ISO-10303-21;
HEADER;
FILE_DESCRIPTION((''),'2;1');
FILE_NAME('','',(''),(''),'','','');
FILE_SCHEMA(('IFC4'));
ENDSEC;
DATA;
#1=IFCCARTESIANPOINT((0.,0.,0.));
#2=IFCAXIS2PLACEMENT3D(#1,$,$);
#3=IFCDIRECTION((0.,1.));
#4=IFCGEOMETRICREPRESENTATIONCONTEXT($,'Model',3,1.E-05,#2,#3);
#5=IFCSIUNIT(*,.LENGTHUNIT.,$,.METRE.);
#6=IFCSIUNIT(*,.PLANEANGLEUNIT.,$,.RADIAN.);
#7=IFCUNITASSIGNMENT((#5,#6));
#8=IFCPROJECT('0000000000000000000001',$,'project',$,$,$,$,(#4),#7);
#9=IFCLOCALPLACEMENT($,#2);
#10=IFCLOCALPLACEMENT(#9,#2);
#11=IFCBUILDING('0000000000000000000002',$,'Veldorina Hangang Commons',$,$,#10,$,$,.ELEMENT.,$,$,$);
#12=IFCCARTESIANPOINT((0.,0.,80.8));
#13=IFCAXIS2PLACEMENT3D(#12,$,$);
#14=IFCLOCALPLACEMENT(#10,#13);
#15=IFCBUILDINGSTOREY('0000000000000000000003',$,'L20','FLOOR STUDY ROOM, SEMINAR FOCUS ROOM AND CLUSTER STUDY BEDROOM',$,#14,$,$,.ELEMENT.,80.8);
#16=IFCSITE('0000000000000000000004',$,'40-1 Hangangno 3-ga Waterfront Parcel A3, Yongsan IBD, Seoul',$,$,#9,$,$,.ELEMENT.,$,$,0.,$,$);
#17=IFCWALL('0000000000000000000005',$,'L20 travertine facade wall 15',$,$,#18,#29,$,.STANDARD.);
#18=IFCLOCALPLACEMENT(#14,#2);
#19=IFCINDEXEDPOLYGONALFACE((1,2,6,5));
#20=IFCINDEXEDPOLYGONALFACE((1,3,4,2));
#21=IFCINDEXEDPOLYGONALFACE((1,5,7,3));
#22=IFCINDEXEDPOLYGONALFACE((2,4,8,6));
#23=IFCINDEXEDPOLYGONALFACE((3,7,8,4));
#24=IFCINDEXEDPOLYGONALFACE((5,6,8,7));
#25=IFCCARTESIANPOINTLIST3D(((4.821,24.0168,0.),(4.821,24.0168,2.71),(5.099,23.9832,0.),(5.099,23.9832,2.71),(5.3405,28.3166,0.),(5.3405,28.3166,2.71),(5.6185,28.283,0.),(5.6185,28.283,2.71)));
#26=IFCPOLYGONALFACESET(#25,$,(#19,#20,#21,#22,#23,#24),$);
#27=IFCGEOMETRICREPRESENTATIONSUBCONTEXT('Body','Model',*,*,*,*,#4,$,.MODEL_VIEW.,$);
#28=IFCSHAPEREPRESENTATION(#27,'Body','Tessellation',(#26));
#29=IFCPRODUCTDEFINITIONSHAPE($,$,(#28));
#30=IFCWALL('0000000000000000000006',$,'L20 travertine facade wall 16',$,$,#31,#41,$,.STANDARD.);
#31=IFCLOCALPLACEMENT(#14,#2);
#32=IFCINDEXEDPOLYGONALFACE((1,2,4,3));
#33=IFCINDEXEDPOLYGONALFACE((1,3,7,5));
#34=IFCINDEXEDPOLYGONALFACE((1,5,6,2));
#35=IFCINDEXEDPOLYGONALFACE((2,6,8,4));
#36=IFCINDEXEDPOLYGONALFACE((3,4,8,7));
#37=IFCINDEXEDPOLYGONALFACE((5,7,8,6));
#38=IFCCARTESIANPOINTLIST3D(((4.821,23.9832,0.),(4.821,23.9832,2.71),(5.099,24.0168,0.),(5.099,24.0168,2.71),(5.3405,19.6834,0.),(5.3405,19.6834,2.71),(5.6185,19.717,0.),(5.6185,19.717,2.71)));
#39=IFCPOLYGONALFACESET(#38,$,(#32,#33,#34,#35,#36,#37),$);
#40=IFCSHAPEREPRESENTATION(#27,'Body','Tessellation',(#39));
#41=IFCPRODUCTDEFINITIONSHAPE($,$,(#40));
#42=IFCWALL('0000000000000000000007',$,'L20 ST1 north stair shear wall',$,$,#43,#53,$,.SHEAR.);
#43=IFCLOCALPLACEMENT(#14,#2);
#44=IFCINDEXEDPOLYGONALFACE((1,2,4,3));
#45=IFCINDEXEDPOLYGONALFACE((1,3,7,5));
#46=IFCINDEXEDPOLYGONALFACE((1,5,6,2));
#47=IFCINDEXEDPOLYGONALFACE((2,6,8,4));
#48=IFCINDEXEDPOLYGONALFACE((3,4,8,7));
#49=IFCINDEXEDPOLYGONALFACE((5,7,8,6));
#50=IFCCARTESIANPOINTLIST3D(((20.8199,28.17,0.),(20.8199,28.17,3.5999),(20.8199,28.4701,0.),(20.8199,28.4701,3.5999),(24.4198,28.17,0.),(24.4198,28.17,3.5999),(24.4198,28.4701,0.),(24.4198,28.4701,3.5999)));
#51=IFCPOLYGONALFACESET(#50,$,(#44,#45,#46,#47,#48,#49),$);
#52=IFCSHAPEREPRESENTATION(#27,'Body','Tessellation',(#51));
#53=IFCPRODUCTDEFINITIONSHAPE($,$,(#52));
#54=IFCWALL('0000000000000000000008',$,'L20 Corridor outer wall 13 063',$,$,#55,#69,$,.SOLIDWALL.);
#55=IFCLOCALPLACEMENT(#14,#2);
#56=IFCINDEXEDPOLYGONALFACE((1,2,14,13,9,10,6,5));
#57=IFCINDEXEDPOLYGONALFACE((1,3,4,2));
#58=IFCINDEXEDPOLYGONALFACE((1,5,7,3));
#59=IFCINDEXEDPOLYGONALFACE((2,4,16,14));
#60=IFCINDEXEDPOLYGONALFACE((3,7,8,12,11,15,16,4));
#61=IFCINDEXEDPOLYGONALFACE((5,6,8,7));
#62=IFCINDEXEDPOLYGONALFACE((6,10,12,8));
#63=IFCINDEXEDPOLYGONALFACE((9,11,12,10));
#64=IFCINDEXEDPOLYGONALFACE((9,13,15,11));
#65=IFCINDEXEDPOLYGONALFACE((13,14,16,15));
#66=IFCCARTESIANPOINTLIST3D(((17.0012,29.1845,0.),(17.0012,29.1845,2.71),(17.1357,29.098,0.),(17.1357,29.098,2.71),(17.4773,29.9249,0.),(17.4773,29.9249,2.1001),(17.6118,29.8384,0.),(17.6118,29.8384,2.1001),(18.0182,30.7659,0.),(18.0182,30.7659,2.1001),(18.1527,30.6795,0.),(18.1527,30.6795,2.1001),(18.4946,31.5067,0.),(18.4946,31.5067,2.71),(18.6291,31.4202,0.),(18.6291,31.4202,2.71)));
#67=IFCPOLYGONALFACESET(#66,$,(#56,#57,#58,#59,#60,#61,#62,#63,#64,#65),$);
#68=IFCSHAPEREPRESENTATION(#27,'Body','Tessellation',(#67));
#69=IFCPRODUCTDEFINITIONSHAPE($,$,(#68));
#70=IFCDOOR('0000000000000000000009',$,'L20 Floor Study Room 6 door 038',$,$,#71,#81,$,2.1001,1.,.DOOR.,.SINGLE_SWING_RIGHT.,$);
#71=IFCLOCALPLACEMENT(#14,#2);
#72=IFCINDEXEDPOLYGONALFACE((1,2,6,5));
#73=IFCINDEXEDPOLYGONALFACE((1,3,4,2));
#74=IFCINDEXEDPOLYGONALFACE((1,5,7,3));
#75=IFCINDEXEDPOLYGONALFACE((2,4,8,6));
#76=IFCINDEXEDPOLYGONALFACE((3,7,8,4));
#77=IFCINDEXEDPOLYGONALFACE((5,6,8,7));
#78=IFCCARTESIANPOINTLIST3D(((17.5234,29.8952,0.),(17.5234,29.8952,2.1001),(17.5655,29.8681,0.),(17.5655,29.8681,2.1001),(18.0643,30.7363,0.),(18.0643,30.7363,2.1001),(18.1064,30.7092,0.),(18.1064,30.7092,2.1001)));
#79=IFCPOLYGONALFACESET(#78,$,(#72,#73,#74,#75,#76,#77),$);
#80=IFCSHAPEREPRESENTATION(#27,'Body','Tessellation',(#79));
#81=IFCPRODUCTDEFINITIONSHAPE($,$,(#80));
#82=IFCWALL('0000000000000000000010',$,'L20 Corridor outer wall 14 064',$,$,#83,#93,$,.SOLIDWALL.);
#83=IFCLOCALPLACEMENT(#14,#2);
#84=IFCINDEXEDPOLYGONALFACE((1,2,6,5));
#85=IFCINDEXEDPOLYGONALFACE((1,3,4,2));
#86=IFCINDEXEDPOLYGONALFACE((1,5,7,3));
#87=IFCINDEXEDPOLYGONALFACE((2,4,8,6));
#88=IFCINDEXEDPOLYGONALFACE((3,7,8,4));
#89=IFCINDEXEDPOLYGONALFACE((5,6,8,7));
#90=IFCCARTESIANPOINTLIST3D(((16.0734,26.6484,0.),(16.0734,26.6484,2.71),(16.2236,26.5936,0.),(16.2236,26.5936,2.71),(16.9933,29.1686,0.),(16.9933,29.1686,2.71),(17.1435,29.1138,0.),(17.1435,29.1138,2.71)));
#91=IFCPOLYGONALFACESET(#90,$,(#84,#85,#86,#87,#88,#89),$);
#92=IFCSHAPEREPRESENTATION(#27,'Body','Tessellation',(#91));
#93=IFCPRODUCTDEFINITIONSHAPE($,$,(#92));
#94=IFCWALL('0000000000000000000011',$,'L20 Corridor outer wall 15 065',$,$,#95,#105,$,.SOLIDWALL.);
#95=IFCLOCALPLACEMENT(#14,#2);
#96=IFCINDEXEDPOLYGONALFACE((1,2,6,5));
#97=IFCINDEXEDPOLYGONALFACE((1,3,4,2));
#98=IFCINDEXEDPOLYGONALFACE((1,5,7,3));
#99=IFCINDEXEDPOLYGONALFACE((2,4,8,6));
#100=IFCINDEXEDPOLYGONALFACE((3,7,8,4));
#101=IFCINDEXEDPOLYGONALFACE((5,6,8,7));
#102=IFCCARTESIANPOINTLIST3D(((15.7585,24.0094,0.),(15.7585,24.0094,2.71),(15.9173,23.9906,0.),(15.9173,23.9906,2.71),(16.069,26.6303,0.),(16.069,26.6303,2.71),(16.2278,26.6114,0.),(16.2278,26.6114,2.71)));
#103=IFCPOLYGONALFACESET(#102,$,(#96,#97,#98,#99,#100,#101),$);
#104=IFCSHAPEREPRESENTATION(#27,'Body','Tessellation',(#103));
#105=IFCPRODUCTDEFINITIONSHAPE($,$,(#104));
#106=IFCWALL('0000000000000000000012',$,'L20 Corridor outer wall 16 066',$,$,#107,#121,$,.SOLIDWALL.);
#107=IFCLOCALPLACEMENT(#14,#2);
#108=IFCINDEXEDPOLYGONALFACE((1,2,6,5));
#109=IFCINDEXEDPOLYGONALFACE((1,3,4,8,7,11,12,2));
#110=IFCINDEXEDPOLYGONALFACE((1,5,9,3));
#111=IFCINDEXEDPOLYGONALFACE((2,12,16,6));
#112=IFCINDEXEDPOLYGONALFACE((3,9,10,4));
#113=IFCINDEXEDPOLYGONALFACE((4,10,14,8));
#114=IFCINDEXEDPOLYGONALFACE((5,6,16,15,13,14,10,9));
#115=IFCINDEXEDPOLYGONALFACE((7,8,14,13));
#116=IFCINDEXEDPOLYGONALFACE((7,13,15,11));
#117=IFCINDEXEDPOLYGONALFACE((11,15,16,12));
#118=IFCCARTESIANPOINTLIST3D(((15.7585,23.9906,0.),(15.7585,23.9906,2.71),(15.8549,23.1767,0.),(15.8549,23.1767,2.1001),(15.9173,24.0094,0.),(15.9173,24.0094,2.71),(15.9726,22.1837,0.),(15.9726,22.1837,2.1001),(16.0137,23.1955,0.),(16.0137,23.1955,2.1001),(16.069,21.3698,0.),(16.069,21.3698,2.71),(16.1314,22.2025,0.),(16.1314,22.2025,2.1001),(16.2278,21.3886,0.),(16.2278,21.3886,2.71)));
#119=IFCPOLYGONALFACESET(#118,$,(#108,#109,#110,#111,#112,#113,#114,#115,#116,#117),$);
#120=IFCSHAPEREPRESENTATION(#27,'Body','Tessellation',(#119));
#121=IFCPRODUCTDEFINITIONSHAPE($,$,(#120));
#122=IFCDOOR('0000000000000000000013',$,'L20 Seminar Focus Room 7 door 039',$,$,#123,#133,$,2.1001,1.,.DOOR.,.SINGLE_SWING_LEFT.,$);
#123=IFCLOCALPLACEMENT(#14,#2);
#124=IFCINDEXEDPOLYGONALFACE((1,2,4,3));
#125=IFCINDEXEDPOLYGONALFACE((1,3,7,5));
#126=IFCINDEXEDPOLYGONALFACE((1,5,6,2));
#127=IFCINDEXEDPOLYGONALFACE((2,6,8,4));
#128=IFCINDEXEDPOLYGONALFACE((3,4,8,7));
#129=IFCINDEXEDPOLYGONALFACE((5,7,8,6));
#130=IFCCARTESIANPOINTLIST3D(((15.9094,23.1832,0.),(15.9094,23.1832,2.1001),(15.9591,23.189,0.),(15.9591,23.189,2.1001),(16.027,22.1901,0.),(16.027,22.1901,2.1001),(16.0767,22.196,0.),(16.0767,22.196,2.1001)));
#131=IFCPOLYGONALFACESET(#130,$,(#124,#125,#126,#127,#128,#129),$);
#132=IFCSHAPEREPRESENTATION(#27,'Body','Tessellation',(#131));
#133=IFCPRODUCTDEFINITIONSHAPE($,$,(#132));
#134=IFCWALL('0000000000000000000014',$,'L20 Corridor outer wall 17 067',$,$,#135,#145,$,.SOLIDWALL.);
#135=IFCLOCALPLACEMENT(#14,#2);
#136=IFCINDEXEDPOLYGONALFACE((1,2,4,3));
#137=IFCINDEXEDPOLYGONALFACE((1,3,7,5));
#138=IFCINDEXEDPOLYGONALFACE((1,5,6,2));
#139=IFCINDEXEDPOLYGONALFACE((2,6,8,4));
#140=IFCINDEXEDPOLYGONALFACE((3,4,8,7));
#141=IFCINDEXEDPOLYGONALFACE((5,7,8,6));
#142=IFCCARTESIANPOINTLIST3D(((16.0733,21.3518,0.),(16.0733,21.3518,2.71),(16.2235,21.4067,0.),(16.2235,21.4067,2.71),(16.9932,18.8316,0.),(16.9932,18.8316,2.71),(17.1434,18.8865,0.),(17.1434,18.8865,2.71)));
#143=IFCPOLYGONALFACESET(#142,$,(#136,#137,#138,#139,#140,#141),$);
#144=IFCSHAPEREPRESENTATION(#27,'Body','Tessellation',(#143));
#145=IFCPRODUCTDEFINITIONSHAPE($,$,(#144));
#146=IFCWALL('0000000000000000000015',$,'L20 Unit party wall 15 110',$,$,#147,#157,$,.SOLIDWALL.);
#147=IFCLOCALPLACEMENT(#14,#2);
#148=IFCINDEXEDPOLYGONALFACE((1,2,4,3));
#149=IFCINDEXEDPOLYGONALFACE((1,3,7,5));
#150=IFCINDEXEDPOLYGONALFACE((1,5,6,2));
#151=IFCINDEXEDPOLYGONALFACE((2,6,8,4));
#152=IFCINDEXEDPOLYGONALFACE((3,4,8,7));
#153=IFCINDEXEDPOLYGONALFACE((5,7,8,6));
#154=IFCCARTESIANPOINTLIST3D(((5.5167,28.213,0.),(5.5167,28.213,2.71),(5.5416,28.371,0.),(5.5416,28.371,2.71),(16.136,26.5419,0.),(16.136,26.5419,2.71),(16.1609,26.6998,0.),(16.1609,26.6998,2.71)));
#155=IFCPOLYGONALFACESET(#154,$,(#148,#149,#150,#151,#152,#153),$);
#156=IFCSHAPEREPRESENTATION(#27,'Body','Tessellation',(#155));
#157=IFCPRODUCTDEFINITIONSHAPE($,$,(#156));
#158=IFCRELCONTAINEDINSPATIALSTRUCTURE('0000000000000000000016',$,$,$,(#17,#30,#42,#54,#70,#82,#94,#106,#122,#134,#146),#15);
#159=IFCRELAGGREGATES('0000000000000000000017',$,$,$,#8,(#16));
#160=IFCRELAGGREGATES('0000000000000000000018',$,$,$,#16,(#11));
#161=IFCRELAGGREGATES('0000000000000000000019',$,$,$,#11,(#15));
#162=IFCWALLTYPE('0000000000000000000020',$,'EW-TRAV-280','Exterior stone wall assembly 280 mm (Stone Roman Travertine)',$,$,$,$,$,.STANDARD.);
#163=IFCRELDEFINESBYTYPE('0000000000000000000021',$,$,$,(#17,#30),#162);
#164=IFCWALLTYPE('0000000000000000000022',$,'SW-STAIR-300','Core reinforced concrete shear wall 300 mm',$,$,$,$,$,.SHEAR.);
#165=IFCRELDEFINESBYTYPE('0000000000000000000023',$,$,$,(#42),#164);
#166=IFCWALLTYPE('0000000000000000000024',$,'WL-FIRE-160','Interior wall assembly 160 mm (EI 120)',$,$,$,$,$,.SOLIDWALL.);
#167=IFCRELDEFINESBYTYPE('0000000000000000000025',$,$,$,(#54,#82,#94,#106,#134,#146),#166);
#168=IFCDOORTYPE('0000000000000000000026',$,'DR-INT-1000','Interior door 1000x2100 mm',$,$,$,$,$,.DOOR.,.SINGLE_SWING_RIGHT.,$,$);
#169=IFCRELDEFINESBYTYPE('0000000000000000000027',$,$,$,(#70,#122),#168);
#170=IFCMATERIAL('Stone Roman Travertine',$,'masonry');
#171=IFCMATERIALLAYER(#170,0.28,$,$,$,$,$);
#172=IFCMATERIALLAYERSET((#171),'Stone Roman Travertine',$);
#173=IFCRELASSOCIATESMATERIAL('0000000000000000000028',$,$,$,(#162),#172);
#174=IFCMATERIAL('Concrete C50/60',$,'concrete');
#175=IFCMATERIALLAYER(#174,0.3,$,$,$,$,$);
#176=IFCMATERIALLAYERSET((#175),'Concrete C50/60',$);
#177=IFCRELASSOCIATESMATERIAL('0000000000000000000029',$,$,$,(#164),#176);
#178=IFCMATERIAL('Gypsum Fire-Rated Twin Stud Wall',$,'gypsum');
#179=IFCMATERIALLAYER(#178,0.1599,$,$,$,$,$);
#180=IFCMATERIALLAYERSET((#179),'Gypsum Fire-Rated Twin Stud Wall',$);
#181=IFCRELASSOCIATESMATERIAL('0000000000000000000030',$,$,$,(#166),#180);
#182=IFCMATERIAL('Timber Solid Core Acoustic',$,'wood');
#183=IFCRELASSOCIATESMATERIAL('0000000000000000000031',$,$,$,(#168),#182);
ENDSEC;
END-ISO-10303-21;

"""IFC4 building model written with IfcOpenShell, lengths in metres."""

from ifc_helpers import new_model, si_unit, direction, frame, frame_2d, origin, place, context, subcontext, project, spatial, rectangle, extrude, material, layer, layer_set, type_object, element, fill, save


model = new_model("IFC4")

# Units and contexts
model_context = context("Model", 3, precision=1e-05, world=origin(), true_north=direction((0.0, 1.0)))
body_context = subcontext(model_context, "Body", "Model", "MODEL_VIEW")
ifc_project = project(units=[si_unit("LENGTHUNIT", "METRE"), si_unit("PLANEANGLEUNIT", "RADIAN")], contexts=[model_context])

# Site, building, storey
site_placement = place(None, origin())
site = spatial("IfcSite", under=ifc_project, at=site_placement, Name="40-1 Hangangno 3-ga Waterfront Parcel A3, Yongsan IBD, Seoul", CompositionType="ELEMENT", RefElevation=0.0)
building_placement = place(site_placement, origin())
building = spatial("IfcBuilding", under=site, at=building_placement, Name="Veldorina Hangang Commons", CompositionType="ELEMENT")
storey_placement = place(building_placement, frame((0.0, 0.0, 80.8)))
storey = spatial("IfcBuildingStorey", under=building, at=storey_placement, Name="L20", Description="FLOOR STUDY ROOM, SEMINAR FOCUS ROOM AND CLUSTER STUDY BEDROOM", CompositionType="ELEMENT", Elevation=80.8)

# Walls
ifc_material_1 = material(Name="Stone Roman Travertine", Category="masonry")
ifc_layer_1 = layer(ifc_material_1, 0.28)
ifc_layer_set_1 = layer_set([ifc_layer_1], Name="Stone Roman Travertine")
wall_type_1 = type_object("IfcWallType", Name="EW-TRAV-280", Description="Exterior stone wall assembly 280 mm (Stone Roman Travertine)", PredefinedType="STANDARD", material=ifc_layer_set_1)
for number, where, z_axis, x_axis, name in (
    (1, (5.4795, 28.2998, 0.0), (0.0, 0.0, 1.0), (-0.119954, -0.992779, 0.0), "L20 travertine facade wall 15"),
    (2, (4.96, 24.0, 0.0), (0.0, 0.0, 1.0), (0.119954, -0.992779, 0.0), "L20 travertine facade wall 16"),
):
    element("IfcWall", number, at=place(storey_placement, frame(where, z_axis=z_axis, x_axis=x_axis)), inside=storey, type_object=wall_type_1, Name=name, PredefinedType="STANDARD", context=body_context, shape_type="SweptSolid", body=[
        extrude(rectangle(XDim=4.3311, YDim=0.28, at=frame_2d((2.1655, 0.0))), origin(), (0.0, 0.0, 1.0), 2.71),
    ])
ifc_material_2 = material(Name="Concrete C50/60", Category="concrete")
ifc_layer_2 = layer(ifc_material_2, 0.3)
ifc_layer_set_2 = layer_set([ifc_layer_2], Name="Concrete C50/60")
wall_type_2 = type_object("IfcWallType", Name="SW-STAIR-300", Description="Core reinforced concrete shear wall 300 mm", PredefinedType="SHEAR", material=ifc_layer_set_2)
wall_1_placement = place(storey_placement, frame((20.8201, 28.3201, 0.0), z_axis=(0.0, 0.0, 1.0), x_axis=(1.0, 0.0, 0.0)))
element("IfcWall", 3, at=wall_1_placement, inside=storey, type_object=wall_type_2, Name="L20 ST1 north stair shear wall", PredefinedType="SHEAR", context=body_context, shape_type="SweptSolid", body=[
    extrude(rectangle(XDim=3.5999, YDim=0.3, at=frame_2d((1.7998, 0.0))), origin(), (0.0, 0.0, 1.0), 3.5999),
])

# Wall, opening, door
ifc_material_3 = material(Name="Gypsum Fire-Rated Twin Stud Wall", Category="gypsum")
ifc_layer_3 = layer(ifc_material_3, 0.1599)
ifc_layer_set_3 = layer_set([ifc_layer_3], Name="Gypsum Fire-Rated Twin Stud Wall")
wall_type_3 = type_object("IfcWallType", Name="WL-FIRE-160", Description="Interior wall assembly 160 mm (EI 120)", PredefinedType="SOLIDWALL", material=ifc_layer_set_3)
wall_2_placement = place(storey_placement, frame((18.5618, 31.4634, 0.0), z_axis=(0.0, 0.0, 1.0), x_axis=(-0.540892, -0.841092, 0.0)))
wall_2 = element("IfcWall", 4, at=wall_2_placement, inside=storey, type_object=wall_type_3, Name="L20 Corridor outer wall 13 063", PredefinedType="SOLIDWALL", context=body_context, shape_type="SweptSolid", body=[
    extrude(rectangle(XDim=2.761, YDim=0.1599, at=frame_2d((1.3804, 0.0))), origin(), (0.0, 0.0, 1.0), 2.71),
])
opening_1_placement = place(wall_2_placement, frame((0.8806, 0.0, 0.0)))
opening_1 = element("IfcOpeningElement", 5, at=opening_1_placement, cuts=wall_2, PredefinedType="OPENING", context=body_context, shape_type="SweptSolid", body=[
    extrude(rectangle(XDim=1.0, YDim=2.1001, at=frame_2d((0.5, 1.05))), frame((0.0, 0.0898, 0.0), z_axis=(0.0, -1.0, 0.0), x_axis=(1.0, 0.0, 0.0)), (0.0, 0.0, 1.0), 0.1799),
])
ifc_material_4 = material(Name="Timber Solid Core Acoustic", Category="wood")
door_type = type_object("IfcDoorType", Name="DR-INT-1000", Description="Interior door 1000x2100 mm", OperationType="SINGLE_SWING_RIGHT", PredefinedType="DOOR", material=ifc_material_4)
door_1_placement = place(opening_1_placement, origin())
door_1 = element("IfcDoor", 6, at=door_1_placement, inside=storey, type_object=door_type, Name="L20 Floor Study Room 6 door 038", OperationType="SINGLE_SWING_RIGHT", OverallHeight=2.1001, OverallWidth=1.0, PredefinedType="DOOR", context=body_context, shape_type="SweptSolid", body=[
    extrude(rectangle(XDim=1.0, YDim=2.1001, at=frame_2d((0.5, 1.05))), frame((0.0, 0.0249, 0.0), z_axis=(0.0, -1.0, 0.0), x_axis=(1.0, 0.0, 0.0)), (0.0, 0.0, 1.0), 0.05),
])
fill(opening_1, door_1)

# Walls
wall_3_placement = place(storey_placement, frame((17.0684, 29.1411, 0.0), z_axis=(0.0, 0.0, 1.0), x_axis=(-0.342883, -0.939378, 0.0)))
element("IfcWall", 7, at=wall_3_placement, inside=storey, type_object=wall_type_3, Name="L20 Corridor outer wall 14 064", PredefinedType="SOLIDWALL", context=body_context, shape_type="SweptSolid", body=[
    extrude(rectangle(XDim=2.6829, YDim=0.1599, at=frame_2d((1.3413, 0.0))), origin(), (0.0, 0.0, 1.0), 2.71),
])
wall_4_placement = place(storey_placement, frame((16.1484, 26.6208, 0.0), z_axis=(0.0, 0.0, 1.0), x_axis=(-0.117668, -0.993053, 0.0)))
element("IfcWall", 8, at=wall_4_placement, inside=storey, type_object=wall_type_3, Name="L20 Corridor outer wall 15 065", PredefinedType="SOLIDWALL", context=body_context, shape_type="SweptSolid", body=[
    extrude(rectangle(XDim=2.6392, YDim=0.1599, at=frame_2d((1.3196, 0.0))), origin(), (0.0, 0.0, 1.0), 2.71),
])

# Wall, opening, door
wall_5_placement = place(storey_placement, frame((15.8379, 24.0, 0.0), z_axis=(0.0, 0.0, 1.0), x_axis=(0.117668, -0.993053, 0.0)))
wall_5 = element("IfcWall", 9, at=wall_5_placement, inside=storey, type_object=wall_type_3, Name="L20 Corridor outer wall 16 066", PredefinedType="SOLIDWALL", context=body_context, shape_type="SweptSolid", body=[
    extrude(rectangle(XDim=2.6392, YDim=0.1599, at=frame_2d((1.3196, 0.0))), origin(), (0.0, 0.0, 1.0), 2.71),
])
opening_2_placement = place(wall_5_placement, frame((0.8196, 0.0, 0.0)))
opening_2 = element("IfcOpeningElement", 10, at=opening_2_placement, cuts=wall_5, PredefinedType="OPENING", context=body_context, shape_type="SweptSolid", body=[
    extrude(rectangle(XDim=1.0, YDim=2.1001, at=frame_2d((0.5, 1.05))), frame((0.0, 0.0898, 0.0), z_axis=(0.0, -1.0, 0.0), x_axis=(1.0, 0.0, 0.0)), (0.0, 0.0, 1.0), 0.1799),
])
door_2_placement = place(opening_2_placement, origin())
door_2 = element("IfcDoor", 11, at=door_2_placement, inside=storey, type_object=door_type, Name="L20 Seminar Focus Room 7 door 039", OperationType="SINGLE_SWING_LEFT", OverallHeight=2.1001, OverallWidth=1.0, PredefinedType="DOOR", context=body_context, shape_type="SweptSolid", body=[
    extrude(rectangle(XDim=1.0, YDim=2.1001, at=frame_2d((0.5, 1.05))), frame((0.0, 0.0249, 0.0), z_axis=(0.0, -1.0, 0.0), x_axis=(1.0, 0.0, 0.0)), (0.0, 0.0, 1.0), 0.05),
])
fill(opening_2, door_2)

# Walls
wall_6_placement = place(storey_placement, frame((16.1484, 21.3792, 0.0), z_axis=(0.0, 0.0, 1.0), x_axis=(0.342883, -0.939378, 0.0)))
element("IfcWall", 12, at=wall_6_placement, inside=storey, type_object=wall_type_3, Name="L20 Corridor outer wall 17 067", PredefinedType="SOLIDWALL", context=body_context, shape_type="SweptSolid", body=[
    extrude(rectangle(XDim=2.6829, YDim=0.1599, at=frame_2d((1.3413, 0.0))), origin(), (0.0, 0.0, 1.0), 2.71),
])
wall_7_placement = place(storey_placement, frame((16.1484, 26.6208, 0.0), z_axis=(0.0, 0.0, 1.0), x_axis=(-0.987843, 0.155454, 0.0)))
element("IfcWall", 13, at=wall_7_placement, inside=storey, type_object=wall_type_3, Name="L20 Unit party wall 15 110", PredefinedType="SOLIDWALL", context=body_context, shape_type="SweptSolid", body=[
    extrude(rectangle(XDim=10.75, YDim=0.1599, at=frame_2d((5.375, 0.0))), origin(), (0.0, 0.0, 1.0), 2.71),
])

save(model, "model.ifc")
